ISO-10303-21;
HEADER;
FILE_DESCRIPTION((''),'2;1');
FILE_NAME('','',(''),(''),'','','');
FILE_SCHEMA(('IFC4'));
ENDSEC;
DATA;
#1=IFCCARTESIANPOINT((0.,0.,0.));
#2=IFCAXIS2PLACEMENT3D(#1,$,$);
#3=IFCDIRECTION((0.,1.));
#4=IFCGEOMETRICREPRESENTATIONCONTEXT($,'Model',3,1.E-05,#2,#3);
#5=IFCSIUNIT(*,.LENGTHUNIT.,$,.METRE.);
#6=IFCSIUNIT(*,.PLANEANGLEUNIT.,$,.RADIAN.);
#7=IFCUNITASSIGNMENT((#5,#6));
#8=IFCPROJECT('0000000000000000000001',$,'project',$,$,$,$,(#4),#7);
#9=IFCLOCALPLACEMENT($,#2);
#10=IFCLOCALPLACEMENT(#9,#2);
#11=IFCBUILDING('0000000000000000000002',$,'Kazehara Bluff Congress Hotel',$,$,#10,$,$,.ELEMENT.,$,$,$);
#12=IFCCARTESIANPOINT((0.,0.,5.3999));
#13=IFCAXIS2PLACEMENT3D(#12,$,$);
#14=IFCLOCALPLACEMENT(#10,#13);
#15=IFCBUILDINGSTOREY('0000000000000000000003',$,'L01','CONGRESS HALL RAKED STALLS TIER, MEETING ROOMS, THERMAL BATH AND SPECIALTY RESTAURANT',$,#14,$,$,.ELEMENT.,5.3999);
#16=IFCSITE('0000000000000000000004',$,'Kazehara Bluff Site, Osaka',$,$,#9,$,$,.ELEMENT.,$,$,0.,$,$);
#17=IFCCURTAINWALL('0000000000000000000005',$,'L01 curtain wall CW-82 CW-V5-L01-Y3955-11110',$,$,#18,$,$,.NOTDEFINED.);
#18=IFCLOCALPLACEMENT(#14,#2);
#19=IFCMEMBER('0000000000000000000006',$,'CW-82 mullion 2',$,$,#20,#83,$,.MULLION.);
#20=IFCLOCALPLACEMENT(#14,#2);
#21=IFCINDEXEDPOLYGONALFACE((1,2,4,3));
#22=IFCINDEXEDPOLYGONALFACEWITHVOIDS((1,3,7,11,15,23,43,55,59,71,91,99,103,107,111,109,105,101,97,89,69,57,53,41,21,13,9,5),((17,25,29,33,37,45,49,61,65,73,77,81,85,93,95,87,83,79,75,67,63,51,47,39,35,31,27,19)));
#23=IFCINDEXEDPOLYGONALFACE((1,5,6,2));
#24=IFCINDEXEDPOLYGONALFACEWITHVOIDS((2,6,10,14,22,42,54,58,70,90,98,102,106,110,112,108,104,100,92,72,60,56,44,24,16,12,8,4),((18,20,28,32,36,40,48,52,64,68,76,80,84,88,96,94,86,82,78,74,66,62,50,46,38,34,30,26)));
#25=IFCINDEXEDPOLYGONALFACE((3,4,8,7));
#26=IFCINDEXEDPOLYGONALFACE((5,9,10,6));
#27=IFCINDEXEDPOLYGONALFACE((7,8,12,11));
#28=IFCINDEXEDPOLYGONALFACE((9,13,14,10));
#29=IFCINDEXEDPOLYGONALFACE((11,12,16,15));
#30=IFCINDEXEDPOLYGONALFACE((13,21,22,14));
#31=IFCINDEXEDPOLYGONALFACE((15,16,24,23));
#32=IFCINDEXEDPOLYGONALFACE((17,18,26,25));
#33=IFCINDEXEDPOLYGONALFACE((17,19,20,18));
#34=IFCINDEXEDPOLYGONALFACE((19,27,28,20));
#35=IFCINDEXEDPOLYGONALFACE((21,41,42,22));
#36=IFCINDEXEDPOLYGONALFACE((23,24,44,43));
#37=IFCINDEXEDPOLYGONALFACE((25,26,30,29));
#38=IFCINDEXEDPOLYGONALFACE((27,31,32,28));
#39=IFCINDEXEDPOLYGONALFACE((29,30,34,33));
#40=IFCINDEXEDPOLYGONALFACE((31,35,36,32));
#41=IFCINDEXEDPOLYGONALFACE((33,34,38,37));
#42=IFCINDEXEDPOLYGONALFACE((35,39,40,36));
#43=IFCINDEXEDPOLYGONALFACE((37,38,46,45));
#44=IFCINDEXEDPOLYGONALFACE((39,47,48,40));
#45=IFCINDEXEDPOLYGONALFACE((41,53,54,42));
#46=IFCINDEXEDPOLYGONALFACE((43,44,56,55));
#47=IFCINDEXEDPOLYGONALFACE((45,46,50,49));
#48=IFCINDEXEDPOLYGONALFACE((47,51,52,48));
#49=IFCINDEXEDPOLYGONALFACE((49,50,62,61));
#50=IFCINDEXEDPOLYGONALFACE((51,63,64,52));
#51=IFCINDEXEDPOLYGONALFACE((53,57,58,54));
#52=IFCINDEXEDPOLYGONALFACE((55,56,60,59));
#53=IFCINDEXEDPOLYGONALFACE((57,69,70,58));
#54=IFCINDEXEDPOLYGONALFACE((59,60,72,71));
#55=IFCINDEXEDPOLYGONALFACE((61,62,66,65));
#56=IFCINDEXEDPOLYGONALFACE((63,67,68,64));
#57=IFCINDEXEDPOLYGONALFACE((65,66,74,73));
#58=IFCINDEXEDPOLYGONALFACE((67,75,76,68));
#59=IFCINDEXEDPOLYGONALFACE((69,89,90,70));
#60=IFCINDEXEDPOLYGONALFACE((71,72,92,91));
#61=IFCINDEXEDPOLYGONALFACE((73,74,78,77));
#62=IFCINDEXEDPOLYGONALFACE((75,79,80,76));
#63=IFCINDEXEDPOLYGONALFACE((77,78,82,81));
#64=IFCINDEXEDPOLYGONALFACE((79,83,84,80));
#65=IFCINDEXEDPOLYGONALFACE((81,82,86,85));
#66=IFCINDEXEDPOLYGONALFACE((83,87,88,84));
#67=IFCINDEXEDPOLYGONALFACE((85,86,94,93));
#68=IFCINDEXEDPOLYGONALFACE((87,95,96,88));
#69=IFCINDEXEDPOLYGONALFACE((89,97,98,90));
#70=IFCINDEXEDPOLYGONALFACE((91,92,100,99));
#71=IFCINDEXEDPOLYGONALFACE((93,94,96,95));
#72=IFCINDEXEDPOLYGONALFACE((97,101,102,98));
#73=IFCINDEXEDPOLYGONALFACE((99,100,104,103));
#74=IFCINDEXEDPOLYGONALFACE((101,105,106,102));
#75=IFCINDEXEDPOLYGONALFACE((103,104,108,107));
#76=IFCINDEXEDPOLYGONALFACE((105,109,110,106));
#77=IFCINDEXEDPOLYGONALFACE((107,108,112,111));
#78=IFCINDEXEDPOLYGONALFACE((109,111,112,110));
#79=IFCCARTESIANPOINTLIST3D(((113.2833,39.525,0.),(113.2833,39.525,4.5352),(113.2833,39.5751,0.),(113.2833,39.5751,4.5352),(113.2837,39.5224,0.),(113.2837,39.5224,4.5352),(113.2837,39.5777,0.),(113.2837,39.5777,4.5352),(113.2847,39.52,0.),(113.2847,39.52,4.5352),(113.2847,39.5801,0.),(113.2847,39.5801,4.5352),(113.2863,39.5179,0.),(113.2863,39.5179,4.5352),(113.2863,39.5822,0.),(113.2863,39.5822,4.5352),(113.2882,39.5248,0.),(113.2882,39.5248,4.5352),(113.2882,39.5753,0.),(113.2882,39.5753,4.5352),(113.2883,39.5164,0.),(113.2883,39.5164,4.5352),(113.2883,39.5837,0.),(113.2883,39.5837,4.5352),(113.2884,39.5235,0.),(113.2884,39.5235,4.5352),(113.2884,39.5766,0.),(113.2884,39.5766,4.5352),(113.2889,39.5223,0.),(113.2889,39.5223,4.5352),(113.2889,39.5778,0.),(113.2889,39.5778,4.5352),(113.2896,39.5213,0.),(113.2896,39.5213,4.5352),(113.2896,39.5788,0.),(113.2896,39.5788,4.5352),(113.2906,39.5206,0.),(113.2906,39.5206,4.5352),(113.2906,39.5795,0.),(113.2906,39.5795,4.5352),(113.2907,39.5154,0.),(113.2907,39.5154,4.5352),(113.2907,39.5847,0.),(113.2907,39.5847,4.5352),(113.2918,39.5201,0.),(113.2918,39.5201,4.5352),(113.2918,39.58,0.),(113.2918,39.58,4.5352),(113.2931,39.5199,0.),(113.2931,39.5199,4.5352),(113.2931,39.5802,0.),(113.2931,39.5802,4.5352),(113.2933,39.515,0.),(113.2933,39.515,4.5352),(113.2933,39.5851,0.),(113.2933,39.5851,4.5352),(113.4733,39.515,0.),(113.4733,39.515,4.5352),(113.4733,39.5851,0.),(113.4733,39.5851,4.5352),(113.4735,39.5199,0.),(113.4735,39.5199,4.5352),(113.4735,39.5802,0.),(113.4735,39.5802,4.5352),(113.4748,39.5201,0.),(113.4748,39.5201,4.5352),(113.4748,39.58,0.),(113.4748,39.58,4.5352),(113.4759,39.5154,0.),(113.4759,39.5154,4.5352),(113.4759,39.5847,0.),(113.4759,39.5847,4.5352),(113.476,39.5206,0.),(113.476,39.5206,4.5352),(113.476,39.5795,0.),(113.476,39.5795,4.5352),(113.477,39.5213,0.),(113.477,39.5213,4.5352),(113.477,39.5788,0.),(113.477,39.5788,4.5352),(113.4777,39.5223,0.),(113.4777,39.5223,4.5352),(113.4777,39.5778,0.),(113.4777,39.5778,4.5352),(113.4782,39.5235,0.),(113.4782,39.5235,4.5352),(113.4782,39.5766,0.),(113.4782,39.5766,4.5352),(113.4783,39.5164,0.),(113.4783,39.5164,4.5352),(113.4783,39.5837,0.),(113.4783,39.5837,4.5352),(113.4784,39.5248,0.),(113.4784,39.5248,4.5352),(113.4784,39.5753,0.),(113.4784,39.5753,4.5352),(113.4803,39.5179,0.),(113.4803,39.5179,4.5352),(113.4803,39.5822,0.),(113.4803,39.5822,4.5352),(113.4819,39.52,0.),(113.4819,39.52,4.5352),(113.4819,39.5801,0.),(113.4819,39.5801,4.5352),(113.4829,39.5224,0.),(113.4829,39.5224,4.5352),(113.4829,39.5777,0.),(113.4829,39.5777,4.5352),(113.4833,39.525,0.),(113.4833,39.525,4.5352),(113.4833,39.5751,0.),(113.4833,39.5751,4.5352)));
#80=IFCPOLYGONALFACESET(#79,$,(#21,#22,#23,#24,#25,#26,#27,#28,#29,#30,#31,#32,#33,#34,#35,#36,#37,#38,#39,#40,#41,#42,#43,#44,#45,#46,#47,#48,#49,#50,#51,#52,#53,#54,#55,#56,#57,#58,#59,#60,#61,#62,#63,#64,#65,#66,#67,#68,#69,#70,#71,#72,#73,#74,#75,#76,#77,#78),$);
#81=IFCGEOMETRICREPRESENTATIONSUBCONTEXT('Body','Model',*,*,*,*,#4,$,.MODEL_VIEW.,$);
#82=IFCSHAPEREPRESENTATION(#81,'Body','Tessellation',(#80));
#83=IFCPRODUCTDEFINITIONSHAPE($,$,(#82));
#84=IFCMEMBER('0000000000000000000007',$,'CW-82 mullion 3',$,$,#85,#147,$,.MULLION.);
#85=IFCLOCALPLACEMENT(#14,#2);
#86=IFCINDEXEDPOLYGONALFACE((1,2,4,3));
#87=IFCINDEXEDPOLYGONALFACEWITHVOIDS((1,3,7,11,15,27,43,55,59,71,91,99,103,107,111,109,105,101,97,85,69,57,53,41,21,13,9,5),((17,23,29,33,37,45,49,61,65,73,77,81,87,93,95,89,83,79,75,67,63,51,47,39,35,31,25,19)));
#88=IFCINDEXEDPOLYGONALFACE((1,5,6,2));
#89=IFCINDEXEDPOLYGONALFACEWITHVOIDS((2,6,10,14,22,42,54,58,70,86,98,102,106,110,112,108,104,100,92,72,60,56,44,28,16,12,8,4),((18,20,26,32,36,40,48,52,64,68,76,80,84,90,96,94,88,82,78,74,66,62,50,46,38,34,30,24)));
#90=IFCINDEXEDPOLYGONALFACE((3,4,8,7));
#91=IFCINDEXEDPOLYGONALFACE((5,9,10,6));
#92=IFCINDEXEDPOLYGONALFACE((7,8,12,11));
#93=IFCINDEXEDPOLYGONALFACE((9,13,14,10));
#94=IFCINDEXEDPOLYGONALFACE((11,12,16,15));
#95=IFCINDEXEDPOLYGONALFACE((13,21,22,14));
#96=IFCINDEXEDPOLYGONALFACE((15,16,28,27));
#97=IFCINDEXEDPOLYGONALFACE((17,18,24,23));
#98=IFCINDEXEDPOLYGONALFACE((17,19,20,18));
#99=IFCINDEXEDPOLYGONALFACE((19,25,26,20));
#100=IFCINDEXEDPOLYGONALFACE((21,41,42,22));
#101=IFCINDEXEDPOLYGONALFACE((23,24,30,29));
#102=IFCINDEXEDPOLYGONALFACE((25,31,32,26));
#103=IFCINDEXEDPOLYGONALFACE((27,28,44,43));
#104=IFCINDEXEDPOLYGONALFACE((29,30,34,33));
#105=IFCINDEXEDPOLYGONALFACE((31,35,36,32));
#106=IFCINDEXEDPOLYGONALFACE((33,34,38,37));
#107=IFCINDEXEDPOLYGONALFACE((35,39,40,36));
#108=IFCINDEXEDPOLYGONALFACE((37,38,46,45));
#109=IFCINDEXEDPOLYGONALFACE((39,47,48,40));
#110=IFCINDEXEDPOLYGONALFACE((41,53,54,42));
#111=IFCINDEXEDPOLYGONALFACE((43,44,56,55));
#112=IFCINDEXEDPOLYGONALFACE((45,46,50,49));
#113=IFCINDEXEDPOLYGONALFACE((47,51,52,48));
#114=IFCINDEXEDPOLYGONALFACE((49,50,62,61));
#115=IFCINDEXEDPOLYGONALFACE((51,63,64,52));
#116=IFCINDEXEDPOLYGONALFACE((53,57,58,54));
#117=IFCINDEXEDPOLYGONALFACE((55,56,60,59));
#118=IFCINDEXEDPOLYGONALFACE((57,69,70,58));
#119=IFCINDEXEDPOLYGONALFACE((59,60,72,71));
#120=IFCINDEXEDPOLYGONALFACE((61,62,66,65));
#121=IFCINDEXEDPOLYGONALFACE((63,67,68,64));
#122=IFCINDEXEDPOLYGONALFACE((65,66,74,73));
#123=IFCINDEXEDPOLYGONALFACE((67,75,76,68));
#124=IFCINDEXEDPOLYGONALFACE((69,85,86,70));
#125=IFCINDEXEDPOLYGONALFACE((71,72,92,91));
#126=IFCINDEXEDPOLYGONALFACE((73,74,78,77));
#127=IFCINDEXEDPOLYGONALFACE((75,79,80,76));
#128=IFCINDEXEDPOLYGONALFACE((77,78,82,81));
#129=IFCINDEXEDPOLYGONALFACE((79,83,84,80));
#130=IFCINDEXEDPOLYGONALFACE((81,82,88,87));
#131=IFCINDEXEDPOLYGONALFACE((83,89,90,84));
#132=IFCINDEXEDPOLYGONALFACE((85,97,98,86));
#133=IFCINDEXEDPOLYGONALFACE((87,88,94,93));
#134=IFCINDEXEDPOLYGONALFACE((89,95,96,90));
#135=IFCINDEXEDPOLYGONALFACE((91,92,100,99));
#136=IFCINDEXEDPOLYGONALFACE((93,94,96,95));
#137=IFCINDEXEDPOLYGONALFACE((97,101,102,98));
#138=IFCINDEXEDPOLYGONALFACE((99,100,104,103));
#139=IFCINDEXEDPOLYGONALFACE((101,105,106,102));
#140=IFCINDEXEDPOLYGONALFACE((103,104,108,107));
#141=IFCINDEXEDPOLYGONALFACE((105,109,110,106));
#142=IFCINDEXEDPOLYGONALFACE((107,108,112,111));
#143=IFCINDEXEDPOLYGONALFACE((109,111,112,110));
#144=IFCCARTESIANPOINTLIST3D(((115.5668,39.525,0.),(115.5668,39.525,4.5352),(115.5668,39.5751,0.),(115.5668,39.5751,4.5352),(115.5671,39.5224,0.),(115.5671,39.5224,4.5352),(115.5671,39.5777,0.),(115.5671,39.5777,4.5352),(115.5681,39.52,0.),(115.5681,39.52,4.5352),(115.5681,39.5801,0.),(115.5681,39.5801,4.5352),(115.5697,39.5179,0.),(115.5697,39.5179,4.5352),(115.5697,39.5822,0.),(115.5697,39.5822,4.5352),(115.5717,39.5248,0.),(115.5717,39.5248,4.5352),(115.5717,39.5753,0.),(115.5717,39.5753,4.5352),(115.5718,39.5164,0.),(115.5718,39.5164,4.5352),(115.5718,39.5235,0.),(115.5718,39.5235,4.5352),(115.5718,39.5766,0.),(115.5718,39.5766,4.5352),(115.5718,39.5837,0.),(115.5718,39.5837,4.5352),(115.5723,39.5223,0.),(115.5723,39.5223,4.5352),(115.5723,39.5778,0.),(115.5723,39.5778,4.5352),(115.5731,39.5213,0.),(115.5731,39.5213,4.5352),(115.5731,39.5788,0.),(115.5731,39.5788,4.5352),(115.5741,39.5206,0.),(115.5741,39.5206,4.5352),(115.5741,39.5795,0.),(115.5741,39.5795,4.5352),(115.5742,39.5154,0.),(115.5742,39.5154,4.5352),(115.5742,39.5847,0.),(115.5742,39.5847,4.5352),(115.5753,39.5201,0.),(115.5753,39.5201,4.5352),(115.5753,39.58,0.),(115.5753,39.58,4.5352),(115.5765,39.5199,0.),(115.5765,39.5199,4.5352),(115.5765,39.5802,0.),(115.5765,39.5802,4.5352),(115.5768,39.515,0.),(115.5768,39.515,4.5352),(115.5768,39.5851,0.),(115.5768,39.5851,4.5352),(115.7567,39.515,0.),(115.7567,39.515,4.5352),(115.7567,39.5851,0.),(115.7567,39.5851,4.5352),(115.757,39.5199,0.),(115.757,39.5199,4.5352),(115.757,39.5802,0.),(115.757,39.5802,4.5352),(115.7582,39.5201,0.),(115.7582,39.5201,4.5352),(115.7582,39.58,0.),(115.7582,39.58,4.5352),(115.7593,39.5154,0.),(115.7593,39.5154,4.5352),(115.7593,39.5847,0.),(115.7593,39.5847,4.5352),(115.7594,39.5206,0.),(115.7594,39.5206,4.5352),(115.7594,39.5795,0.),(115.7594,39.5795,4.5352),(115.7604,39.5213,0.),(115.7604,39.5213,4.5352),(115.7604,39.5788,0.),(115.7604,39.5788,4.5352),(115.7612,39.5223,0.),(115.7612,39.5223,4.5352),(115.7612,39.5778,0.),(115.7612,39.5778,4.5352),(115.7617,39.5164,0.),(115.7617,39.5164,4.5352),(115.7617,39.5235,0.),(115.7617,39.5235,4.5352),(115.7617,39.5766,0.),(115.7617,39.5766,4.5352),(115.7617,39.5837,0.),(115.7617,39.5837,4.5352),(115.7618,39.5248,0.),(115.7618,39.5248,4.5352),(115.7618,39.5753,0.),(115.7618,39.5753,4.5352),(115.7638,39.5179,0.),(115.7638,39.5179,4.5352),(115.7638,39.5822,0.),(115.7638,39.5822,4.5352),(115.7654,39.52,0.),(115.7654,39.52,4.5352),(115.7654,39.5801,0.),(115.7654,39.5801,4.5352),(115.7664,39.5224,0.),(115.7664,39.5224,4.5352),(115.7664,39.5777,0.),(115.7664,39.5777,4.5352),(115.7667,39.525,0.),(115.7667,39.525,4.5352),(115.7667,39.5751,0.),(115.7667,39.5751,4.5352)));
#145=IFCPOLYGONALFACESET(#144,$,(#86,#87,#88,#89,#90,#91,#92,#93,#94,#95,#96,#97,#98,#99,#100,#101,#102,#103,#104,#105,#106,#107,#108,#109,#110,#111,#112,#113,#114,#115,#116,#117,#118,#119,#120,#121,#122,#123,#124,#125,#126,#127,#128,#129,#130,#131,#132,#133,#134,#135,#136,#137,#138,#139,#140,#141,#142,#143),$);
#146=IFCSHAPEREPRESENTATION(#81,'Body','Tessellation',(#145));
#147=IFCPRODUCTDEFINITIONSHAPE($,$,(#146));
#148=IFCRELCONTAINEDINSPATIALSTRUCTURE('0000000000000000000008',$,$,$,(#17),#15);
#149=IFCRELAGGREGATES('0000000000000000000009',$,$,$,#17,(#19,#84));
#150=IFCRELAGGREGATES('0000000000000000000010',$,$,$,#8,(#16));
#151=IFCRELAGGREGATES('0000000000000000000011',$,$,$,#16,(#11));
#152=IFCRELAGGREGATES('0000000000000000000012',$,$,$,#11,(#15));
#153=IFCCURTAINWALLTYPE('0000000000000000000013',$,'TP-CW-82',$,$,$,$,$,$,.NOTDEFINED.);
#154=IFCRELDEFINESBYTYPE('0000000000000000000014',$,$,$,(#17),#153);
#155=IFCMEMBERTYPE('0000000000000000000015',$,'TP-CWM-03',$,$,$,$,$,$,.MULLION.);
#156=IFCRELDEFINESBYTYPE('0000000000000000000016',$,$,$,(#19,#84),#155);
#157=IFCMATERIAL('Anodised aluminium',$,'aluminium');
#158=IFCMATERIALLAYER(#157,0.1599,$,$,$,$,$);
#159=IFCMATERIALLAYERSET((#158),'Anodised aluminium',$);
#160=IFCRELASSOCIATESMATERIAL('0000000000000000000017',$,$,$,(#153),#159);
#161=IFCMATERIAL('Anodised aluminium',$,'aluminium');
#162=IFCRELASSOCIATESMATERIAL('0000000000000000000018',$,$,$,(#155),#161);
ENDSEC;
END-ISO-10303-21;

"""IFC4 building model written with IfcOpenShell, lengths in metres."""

from ifc_helpers import new_model, si_unit, direction, frame, origin, origin_2d, place, context, subcontext, project, spatial, hollow_rectangle, extrude, material, layer, layer_set, material_profile, profile_set, type_object, element, aggregate, save


model = new_model("IFC4")

# Units and contexts
model_context = context("Model", 3, precision=1e-05, world=origin(), true_north=direction((0.0, 1.0)))
body_context = subcontext(model_context, "Body", "Model", "MODEL_VIEW")
ifc_project = project(units=[si_unit("LENGTHUNIT", "METRE"), si_unit("PLANEANGLEUNIT", "RADIAN")], contexts=[model_context])

# Site, building, storey
site_placement = place(None, origin())
site = spatial("IfcSite", under=ifc_project, at=site_placement, Name="Kazehara Bluff Site, Osaka", CompositionType="ELEMENT", RefElevation=0.0)
building_placement = place(site_placement, origin())
building = spatial("IfcBuilding", under=site, at=building_placement, Name="Kazehara Bluff Congress Hotel", CompositionType="ELEMENT")
storey_placement = place(building_placement, frame((0.0, 0.0, 5.3999)))
storey = spatial("IfcBuildingStorey", under=building, at=storey_placement, Name="L01", Description="CONGRESS HALL RAKED STALLS TIER, MEETING ROOMS, THERMAL BATH AND SPECIALTY RESTAURANT", CompositionType="ELEMENT", Elevation=5.3999)

# Curtain wall, members
ifc_material_1 = material(Name="Anodised aluminium", Category="aluminium")
ifc_layer_1 = layer(ifc_material_1, 0.1599)
ifc_layer_set_1 = layer_set([ifc_layer_1], Name="Anodised aluminium")
curtain_wall_type = type_object("IfcCurtainWallType", Name="TP-CW-82", PredefinedType="NOTDEFINED", material=ifc_layer_set_1)
curtain_wall_placement = place(storey_placement, origin())
curtain_wall = element("IfcCurtainWall", 1, at=curtain_wall_placement, inside=storey, type_object=curtain_wall_type, Name="L01 curtain wall CW-82 CW-V5-L01-Y3955-11110", PredefinedType="NOTDEFINED")
ifc_material_2 = material(Name="Anodised aluminium", Category="aluminium")
ifc_material_profile_1 = material_profile(ifc_material_2, hollow_rectangle(XDim=0.0701, YDim=0.2, WallThickness=0.0049, InnerFilletRadius=0.0049, OuterFilletRadius=0.01, at=origin_2d()))
ifc_profile_set_1 = profile_set([ifc_material_profile_1], Name="Anodised aluminium")
member_type_1 = type_object("IfcMemberType", Name="TP-CWM-03", PredefinedType="MULLION", material=ifc_profile_set_1)
member_1_placement = place(storey_placement, frame((113.3833, 39.55, 0.0), z_axis=(0.0, 0.0, 1.0), x_axis=(0.0, 1.0, 0.0)))
member_1 = element("IfcMember", 2, at=member_1_placement, type_object=member_type_1, Name="CW-82 mullion 2", PredefinedType="MULLION", context=body_context, shape_type="SweptSolid", body=[
    extrude(hollow_rectangle(XDim=0.0701, YDim=0.2, WallThickness=0.0049, InnerFilletRadius=0.0049, OuterFilletRadius=0.01, at=origin_2d()), origin(), (0.0, 0.0, 1.0), 4.5352),
])
member_2_placement = place(storey_placement, frame((115.6667, 39.55, 0.0), z_axis=(0.0, 0.0, 1.0), x_axis=(0.0, 1.0, 0.0)))
member_2 = element("IfcMember", 3, at=member_2_placement, type_object=member_type_1, Name="CW-82 mullion 3", PredefinedType="MULLION", context=body_context, shape_type="SweptSolid", body=[
    extrude(hollow_rectangle(XDim=0.0701, YDim=0.2, WallThickness=0.0049, InnerFilletRadius=0.0049, OuterFilletRadius=0.01, at=origin_2d()), origin(), (0.0, 0.0, 1.0), 4.5352),
])

aggregate(curtain_wall, [member_1, member_2])

save(model, "model.ifc")
